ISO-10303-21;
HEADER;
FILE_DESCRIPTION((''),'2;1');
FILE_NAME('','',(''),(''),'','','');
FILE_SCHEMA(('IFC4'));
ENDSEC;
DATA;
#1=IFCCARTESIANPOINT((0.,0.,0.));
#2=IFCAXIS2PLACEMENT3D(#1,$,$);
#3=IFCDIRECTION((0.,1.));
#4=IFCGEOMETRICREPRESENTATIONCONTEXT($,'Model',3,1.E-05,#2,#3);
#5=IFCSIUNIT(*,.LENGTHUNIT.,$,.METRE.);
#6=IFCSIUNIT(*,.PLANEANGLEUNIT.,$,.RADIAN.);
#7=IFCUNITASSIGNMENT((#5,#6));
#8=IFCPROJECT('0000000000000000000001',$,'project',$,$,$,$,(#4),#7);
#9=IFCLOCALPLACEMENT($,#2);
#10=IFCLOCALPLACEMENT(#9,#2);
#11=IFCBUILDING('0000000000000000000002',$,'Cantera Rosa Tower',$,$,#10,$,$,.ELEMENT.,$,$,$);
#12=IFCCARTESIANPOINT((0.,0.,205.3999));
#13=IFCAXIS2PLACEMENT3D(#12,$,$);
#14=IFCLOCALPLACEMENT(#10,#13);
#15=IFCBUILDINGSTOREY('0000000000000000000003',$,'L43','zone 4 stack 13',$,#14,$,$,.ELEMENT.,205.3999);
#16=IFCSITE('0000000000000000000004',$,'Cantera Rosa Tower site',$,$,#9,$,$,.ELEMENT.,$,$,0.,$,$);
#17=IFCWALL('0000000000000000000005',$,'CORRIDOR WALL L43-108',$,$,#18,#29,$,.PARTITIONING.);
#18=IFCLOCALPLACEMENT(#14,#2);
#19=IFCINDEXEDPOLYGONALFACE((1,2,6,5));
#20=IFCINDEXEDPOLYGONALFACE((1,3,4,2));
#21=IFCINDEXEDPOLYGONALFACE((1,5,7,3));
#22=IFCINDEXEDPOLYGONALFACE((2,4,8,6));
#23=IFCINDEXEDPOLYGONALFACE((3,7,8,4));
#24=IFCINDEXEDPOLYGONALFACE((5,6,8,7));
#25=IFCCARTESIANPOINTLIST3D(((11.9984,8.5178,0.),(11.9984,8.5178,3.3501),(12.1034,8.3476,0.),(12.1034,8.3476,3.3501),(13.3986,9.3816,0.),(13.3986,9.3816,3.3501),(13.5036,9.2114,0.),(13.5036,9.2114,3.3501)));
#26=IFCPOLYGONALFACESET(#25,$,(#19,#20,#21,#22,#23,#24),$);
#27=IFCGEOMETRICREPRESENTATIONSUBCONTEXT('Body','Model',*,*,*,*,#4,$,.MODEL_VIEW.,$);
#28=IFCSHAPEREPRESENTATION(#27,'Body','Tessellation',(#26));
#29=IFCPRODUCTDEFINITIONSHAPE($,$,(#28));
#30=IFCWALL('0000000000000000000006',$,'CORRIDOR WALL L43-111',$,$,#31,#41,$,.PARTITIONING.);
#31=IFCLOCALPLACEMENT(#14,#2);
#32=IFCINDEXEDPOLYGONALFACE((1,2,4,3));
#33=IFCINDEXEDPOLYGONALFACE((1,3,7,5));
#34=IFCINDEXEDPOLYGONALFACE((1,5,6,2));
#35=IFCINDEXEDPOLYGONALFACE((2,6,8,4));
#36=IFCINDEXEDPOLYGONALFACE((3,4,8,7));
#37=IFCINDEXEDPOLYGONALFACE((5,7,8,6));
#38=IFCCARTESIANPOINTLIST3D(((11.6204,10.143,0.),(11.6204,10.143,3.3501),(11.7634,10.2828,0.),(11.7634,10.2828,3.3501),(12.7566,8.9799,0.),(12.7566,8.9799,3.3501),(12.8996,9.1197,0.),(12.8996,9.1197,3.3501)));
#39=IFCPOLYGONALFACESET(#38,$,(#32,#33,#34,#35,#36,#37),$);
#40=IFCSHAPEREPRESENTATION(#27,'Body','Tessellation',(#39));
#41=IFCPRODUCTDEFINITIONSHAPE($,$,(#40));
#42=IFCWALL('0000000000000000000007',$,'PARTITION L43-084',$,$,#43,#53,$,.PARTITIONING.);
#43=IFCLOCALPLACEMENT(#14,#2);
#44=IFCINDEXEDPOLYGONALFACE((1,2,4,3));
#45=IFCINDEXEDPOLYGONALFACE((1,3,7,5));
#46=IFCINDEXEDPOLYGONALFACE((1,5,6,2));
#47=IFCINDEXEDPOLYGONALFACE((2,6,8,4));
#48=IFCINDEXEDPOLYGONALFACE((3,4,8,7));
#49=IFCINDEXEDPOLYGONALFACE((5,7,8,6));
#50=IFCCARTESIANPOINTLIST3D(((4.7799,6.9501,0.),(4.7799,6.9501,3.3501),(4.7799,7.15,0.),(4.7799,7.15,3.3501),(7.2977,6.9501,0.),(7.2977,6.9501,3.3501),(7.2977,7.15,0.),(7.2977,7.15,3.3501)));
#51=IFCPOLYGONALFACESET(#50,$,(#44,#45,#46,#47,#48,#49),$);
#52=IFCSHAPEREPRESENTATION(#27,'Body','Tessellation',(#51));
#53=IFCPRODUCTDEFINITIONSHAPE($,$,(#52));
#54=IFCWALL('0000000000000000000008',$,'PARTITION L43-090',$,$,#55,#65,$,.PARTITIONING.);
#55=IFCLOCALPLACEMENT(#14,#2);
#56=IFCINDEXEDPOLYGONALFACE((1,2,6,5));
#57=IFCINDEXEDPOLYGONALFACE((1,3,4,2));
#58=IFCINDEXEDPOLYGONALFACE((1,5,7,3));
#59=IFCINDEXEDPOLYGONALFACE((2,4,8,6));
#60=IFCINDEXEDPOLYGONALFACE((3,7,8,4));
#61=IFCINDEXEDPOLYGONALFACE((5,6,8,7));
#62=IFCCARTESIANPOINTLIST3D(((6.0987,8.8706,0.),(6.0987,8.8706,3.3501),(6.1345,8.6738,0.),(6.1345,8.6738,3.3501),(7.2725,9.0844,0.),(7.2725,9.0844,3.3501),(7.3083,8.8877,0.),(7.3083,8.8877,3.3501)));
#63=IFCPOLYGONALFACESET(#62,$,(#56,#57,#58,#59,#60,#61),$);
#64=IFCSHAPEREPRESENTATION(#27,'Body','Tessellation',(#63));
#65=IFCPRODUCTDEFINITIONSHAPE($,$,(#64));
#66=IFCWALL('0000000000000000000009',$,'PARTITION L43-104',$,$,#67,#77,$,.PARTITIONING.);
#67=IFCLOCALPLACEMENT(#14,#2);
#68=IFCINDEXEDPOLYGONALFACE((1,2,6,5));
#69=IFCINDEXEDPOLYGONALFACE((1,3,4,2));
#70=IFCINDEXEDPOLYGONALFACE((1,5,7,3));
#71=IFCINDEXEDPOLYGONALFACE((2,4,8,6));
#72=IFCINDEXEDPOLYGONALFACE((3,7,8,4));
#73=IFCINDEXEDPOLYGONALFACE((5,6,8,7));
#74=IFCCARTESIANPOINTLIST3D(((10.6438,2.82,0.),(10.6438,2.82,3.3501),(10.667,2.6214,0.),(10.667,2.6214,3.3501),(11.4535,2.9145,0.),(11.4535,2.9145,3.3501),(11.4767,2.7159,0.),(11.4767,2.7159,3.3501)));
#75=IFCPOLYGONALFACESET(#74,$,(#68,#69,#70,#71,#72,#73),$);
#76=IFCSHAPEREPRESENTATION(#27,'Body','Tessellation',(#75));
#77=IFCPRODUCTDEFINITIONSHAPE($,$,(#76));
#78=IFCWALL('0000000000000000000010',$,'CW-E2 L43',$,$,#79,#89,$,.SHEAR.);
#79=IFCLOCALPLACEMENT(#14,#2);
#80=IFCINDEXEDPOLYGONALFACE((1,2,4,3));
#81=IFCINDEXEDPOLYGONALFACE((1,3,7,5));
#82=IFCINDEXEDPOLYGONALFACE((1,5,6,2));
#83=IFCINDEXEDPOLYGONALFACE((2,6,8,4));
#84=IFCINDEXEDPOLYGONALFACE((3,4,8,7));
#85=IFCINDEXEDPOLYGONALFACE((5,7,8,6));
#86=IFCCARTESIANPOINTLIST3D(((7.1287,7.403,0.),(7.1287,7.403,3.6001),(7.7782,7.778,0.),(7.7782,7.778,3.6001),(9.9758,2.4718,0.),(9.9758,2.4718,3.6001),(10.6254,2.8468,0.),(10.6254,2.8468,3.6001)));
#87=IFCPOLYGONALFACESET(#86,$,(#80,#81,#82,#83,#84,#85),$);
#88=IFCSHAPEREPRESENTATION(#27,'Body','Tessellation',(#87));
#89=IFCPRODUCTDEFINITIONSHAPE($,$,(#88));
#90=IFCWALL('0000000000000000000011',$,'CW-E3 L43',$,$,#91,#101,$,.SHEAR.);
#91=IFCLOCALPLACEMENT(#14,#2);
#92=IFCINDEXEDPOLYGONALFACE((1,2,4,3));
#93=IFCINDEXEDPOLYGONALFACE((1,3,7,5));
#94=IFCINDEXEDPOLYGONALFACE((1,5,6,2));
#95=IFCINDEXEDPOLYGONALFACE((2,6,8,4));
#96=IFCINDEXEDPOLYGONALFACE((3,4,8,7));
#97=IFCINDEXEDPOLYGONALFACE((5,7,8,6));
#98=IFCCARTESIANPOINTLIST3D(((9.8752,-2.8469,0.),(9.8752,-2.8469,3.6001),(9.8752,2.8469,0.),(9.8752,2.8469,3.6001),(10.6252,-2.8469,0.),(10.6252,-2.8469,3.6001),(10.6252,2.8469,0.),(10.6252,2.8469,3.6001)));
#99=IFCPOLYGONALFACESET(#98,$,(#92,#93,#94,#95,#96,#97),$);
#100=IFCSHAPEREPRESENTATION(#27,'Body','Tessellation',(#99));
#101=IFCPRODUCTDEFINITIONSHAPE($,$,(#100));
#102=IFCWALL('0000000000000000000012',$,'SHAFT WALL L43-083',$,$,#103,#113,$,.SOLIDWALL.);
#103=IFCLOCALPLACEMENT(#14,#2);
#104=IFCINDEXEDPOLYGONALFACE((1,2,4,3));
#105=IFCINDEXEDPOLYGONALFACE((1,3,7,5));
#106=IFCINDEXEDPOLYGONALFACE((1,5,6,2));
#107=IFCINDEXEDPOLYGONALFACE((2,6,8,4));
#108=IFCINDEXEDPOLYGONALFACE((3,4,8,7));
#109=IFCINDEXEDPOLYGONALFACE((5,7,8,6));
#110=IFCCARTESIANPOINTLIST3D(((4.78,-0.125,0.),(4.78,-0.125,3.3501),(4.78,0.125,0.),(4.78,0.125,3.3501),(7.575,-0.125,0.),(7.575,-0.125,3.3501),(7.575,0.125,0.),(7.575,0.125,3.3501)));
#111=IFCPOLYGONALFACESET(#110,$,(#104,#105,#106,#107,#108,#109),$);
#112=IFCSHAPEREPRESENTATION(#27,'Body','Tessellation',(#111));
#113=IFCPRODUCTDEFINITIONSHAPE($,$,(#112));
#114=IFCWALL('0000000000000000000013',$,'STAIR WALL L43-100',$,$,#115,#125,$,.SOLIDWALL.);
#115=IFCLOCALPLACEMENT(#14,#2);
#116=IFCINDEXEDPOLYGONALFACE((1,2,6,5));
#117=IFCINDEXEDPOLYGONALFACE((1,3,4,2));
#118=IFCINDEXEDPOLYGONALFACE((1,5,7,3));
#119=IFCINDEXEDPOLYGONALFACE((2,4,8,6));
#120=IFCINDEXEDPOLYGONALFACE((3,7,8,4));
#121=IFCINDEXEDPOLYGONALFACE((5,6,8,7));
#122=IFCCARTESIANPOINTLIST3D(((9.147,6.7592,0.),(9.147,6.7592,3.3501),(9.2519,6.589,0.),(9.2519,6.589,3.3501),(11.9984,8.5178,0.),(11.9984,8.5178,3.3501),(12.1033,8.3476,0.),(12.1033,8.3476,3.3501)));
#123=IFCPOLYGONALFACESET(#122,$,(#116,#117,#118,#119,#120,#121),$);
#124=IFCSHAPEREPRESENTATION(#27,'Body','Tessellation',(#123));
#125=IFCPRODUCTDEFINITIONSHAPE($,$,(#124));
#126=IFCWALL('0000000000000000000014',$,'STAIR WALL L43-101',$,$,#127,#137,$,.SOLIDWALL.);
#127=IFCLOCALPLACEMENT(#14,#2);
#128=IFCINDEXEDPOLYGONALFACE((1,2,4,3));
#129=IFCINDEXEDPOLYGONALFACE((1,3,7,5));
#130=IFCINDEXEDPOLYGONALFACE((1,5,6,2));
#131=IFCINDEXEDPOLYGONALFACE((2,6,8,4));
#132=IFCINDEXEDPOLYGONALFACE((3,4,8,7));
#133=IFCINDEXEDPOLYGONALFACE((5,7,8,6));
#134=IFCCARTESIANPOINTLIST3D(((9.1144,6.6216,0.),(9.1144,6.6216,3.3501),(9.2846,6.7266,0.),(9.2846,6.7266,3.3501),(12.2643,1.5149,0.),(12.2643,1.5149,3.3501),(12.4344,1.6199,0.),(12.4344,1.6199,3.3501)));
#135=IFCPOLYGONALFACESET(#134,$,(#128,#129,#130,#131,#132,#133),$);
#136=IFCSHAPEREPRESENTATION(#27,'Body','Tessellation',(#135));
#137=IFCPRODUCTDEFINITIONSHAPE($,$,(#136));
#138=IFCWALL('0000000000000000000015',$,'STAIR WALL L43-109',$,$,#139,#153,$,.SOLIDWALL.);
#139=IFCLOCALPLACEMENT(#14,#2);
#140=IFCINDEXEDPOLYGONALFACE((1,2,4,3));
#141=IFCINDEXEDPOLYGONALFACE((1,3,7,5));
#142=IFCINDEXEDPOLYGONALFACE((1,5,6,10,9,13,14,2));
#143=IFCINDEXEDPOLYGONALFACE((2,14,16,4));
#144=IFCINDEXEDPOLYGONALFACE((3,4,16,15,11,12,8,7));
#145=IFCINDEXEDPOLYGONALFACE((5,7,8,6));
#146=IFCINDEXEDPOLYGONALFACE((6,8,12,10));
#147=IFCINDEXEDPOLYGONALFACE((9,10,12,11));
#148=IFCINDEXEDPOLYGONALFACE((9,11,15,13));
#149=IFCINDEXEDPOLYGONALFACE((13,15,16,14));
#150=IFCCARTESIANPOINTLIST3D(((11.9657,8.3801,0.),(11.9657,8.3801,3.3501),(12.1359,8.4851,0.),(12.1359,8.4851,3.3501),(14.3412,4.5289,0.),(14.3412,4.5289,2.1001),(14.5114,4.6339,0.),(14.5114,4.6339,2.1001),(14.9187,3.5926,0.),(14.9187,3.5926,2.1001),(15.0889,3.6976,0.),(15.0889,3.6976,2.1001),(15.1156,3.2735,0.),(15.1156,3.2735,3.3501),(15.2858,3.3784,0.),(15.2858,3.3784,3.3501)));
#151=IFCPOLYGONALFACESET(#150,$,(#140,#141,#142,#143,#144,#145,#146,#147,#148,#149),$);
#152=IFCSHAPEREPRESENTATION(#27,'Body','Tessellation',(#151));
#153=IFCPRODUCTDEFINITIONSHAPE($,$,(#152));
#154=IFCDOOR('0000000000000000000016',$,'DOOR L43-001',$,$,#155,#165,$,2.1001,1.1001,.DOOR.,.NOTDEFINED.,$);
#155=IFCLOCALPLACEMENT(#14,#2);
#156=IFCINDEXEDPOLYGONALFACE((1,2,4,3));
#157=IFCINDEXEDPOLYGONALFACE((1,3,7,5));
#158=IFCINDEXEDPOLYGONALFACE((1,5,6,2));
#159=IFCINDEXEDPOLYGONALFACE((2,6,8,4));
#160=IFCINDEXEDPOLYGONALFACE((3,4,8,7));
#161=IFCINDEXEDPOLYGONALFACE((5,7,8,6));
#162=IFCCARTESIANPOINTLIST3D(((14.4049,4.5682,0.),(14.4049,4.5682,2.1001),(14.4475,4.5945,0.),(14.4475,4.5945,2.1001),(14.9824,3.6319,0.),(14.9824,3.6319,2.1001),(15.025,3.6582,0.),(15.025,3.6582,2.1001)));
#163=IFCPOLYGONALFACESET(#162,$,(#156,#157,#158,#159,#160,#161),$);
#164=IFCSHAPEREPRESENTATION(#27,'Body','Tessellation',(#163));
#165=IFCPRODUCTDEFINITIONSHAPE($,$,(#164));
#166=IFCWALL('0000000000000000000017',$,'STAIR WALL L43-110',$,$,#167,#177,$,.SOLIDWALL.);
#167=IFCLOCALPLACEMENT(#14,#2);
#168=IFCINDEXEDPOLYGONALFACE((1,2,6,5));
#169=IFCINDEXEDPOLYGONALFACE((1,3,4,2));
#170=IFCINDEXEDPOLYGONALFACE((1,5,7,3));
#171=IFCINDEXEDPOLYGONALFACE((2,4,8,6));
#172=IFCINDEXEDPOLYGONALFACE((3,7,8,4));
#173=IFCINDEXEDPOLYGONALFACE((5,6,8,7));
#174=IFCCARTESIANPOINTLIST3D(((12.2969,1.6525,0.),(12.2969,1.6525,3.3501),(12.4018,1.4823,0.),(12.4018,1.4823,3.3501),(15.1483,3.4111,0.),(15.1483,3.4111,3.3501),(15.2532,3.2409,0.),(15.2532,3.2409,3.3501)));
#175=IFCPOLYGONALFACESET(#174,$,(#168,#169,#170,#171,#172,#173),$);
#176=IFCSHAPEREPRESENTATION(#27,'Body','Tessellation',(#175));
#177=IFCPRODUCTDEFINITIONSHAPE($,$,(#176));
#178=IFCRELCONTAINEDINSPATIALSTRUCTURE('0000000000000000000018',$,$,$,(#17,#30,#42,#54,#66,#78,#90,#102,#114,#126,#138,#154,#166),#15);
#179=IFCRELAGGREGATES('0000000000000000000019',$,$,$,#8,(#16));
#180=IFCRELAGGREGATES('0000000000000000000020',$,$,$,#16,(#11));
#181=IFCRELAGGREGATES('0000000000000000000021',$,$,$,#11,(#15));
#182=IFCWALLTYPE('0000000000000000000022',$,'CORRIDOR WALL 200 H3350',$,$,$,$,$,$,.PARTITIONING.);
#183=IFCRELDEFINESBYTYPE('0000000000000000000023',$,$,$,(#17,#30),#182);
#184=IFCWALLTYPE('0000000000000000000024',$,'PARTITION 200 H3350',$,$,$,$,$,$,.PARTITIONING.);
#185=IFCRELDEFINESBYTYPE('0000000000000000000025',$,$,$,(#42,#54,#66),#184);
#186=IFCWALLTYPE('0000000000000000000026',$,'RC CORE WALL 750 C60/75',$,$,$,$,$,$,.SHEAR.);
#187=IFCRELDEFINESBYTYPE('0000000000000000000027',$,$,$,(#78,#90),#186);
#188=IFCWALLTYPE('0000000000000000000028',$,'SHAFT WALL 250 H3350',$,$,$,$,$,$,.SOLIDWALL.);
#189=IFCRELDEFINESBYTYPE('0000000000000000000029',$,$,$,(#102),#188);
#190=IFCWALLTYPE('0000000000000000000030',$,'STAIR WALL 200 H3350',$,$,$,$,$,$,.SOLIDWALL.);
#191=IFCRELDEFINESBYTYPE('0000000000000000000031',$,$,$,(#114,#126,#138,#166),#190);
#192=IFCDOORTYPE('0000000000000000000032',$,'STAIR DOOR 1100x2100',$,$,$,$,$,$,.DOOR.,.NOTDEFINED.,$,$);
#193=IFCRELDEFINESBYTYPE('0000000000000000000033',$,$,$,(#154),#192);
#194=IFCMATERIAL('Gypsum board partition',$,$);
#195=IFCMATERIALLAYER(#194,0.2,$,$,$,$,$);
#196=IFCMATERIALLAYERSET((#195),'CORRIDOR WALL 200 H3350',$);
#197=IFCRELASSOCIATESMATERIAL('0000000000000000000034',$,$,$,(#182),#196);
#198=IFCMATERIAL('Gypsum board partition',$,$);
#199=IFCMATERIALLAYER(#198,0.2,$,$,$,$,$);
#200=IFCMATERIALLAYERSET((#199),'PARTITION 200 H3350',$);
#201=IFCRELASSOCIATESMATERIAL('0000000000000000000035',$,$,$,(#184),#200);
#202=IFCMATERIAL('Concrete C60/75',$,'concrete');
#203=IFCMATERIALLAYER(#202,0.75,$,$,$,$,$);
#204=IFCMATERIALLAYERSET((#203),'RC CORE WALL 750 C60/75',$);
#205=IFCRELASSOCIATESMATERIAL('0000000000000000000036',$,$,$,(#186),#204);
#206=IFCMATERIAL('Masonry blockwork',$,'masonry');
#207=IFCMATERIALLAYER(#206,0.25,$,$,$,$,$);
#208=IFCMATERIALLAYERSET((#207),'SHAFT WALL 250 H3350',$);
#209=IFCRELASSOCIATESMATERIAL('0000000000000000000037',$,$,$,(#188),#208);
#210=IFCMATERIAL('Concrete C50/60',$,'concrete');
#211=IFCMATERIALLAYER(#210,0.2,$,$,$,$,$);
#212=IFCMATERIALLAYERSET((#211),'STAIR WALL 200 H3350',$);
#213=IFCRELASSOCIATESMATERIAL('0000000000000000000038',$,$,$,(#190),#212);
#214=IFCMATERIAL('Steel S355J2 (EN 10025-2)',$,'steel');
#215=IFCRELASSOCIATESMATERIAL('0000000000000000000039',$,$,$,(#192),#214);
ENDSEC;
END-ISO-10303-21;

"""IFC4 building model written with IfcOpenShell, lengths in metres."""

from ifc_helpers import new_model, si_unit, direction, frame, frame_2d, origin, place, context, subcontext, project, spatial, rectangle, extrude, material, layer, layer_set, type_object, element, fill, save


model = new_model("IFC4")

# Units and contexts
model_context = context("Model", 3, precision=1e-05, world=origin(), true_north=direction((0.0, 1.0)))
body_context = subcontext(model_context, "Body", "Model", "MODEL_VIEW")
ifc_project = project(units=[si_unit("LENGTHUNIT", "METRE"), si_unit("PLANEANGLEUNIT", "RADIAN")], contexts=[model_context])

# Site, building, storey
site_placement = place(None, origin())
site = spatial("IfcSite", under=ifc_project, at=site_placement, Name="Cantera Rosa Tower site", CompositionType="ELEMENT", RefElevation=0.0)
building_placement = place(site_placement, origin())
building = spatial("IfcBuilding", under=site, at=building_placement, Name="Cantera Rosa Tower", CompositionType="ELEMENT")
storey_placement = place(building_placement, frame((0.0, 0.0, 205.3999)))
storey = spatial("IfcBuildingStorey", under=building, at=storey_placement, Name="L43", Description="zone 4 stack 13", CompositionType="ELEMENT", Elevation=205.3999)

# Walls
ifc_material_1 = material(Name="Gypsum board partition")
ifc_layer_1 = layer(ifc_material_1, 0.2)
ifc_layer_set_1 = layer_set([ifc_layer_1], Name="CORRIDOR WALL 200 H3350")
wall_type_1 = type_object("IfcWallType", Name="CORRIDOR WALL 200 H3350", PredefinedType="PARTITIONING", material=ifc_layer_set_1)
wall_1_placement = place(storey_placement, frame((12.0508, 8.4326, 0.0), z_axis=(0.0, 0.0, 1.0), x_axis=(0.851077, 0.525041, 0.0)))
element("IfcWall", 1, at=wall_1_placement, inside=storey, type_object=wall_type_1, Name="CORRIDOR WALL L43-108", PredefinedType="PARTITIONING", context=body_context, shape_type="SweptSolid", body=[
    extrude(rectangle(XDim=1.6453, YDim=0.2, at=frame_2d((0.8228, 0.0))), origin(), (0.0, 0.0, 1.0), 3.3501),
])
wall_2_placement = place(storey_placement, frame((12.8281, 9.0498, 0.0), z_axis=(0.0, 0.0, 1.0), x_axis=(-0.6988, 0.715317, 0.0)))
element("IfcWall", 2, at=wall_2_placement, inside=storey, type_object=wall_type_1, Name="CORRIDOR WALL L43-111", PredefinedType="PARTITIONING", context=body_context, shape_type="SweptSolid", body=[
    extrude(rectangle(XDim=1.626, YDim=0.2, at=frame_2d((0.813, 0.0))), origin(), (0.0, 0.0, 1.0), 3.3501),
])
ifc_material_2 = material(Name="Gypsum board partition")
ifc_layer_2 = layer(ifc_material_2, 0.2)
ifc_layer_set_2 = layer_set([ifc_layer_2], Name="PARTITION 200 H3350")
wall_type_2 = type_object("IfcWallType", Name="PARTITION 200 H3350", PredefinedType="PARTITIONING", material=ifc_layer_set_2)
wall_3_placement = place(storey_placement, frame((4.78, 7.05, 0.0), z_axis=(0.0, 0.0, 1.0), x_axis=(1.0, 0.0, 0.0)))
element("IfcWall", 3, at=wall_3_placement, inside=storey, type_object=wall_type_2, Name="PARTITION L43-084", PredefinedType="PARTITIONING", context=body_context, shape_type="SweptSolid", body=[
    extrude(rectangle(XDim=2.5178, YDim=0.2, at=frame_2d((1.2588, 0.0))), origin(), (0.0, 0.0, 1.0), 3.3501),
])
wall_4_placement = place(storey_placement, frame((7.2905, 8.9861, 0.0), z_axis=(0.0, 0.0, 1.0), x_axis=(-0.983804, -0.179246, 0.0)))
element("IfcWall", 4, at=wall_4_placement, inside=storey, type_object=wall_type_2, Name="PARTITION L43-090", PredefinedType="PARTITIONING", context=body_context, shape_type="SweptSolid", body=[
    extrude(rectangle(XDim=1.1931, YDim=0.2, at=frame_2d((0.5967, 0.0))), origin(), (0.0, 0.0, 1.0), 3.3501),
])
wall_5_placement = place(storey_placement, frame((10.6553, 2.7207, 0.0), z_axis=(0.0, 0.0, 1.0), x_axis=(0.993259, 0.11592, 0.0)))
element("IfcWall", 5, at=wall_5_placement, inside=storey, type_object=wall_type_2, Name="PARTITION L43-104", PredefinedType="PARTITIONING", context=body_context, shape_type="SweptSolid", body=[
    extrude(rectangle(XDim=0.8152, YDim=0.2, at=frame_2d((0.4077, 0.0))), origin(), (0.0, 0.0, 1.0), 3.3501),
])
ifc_material_3 = material(Name="Concrete C60/75", Category="concrete")
ifc_layer_3 = layer(ifc_material_3, 0.75)
ifc_layer_set_3 = layer_set([ifc_layer_3], Name="RC CORE WALL 750 C60/75")
wall_type_3 = type_object("IfcWallType", Name="RC CORE WALL 750 C60/75", PredefinedType="SHEAR", material=ifc_layer_set_3)
wall_6_placement = place(storey_placement, frame((7.4534, 7.5906, 0.0), z_axis=(0.0, 0.0, 1.0), x_axis=(0.500022, -0.866013, 0.0)))
element("IfcWall", 6, at=wall_6_placement, inside=storey, type_object=wall_type_3, Name="CW-E2 L43", PredefinedType="SHEAR", context=body_context, shape_type="SweptSolid", body=[
    extrude(rectangle(XDim=5.6941, YDim=0.75, at=frame_2d((2.8472, 0.0))), origin(), (0.0, 0.0, 1.0), 3.6001),
])
wall_7_placement = place(storey_placement, frame((10.2502, 2.8469, 0.0), z_axis=(0.0, 0.0, 1.0), x_axis=(0.0, -1.0, 0.0)))
element("IfcWall", 7, at=wall_7_placement, inside=storey, type_object=wall_type_3, Name="CW-E3 L43", PredefinedType="SHEAR", context=body_context, shape_type="SweptSolid", body=[
    extrude(rectangle(XDim=5.6938, YDim=0.75, at=frame_2d((2.8469, 0.0))), origin(), (0.0, 0.0, 1.0), 3.6001),
])
ifc_material_4 = material(Name="Masonry blockwork", Category="masonry")
ifc_layer_4 = layer(ifc_material_4, 0.25)
ifc_layer_set_4 = layer_set([ifc_layer_4], Name="SHAFT WALL 250 H3350")
wall_type_4 = type_object("IfcWallType", Name="SHAFT WALL 250 H3350", PredefinedType="SOLIDWALL", material=ifc_layer_set_4)
wall_8_placement = place(storey_placement, frame((4.78, 0.0, 0.0), z_axis=(0.0, 0.0, 1.0), x_axis=(1.0, 0.0, 0.0)))
element("IfcWall", 8, at=wall_8_placement, inside=storey, type_object=wall_type_4, Name="SHAFT WALL L43-083", PredefinedType="SOLIDWALL", context=body_context, shape_type="SweptSolid", body=[
    extrude(rectangle(XDim=2.7949, YDim=0.25, at=frame_2d((1.3975, 0.0))), origin(), (0.0, 0.0, 1.0), 3.3501),
])
ifc_material_5 = material(Name="Concrete C50/60", Category="concrete")
ifc_layer_5 = layer(ifc_material_5, 0.2)
ifc_layer_set_5 = layer_set([ifc_layer_5], Name="STAIR WALL 200 H3350")
wall_type_5 = type_object("IfcWallType", Name="STAIR WALL 200 H3350", PredefinedType="SOLIDWALL", material=ifc_layer_set_5)
wall_9_placement = place(storey_placement, frame((9.1995, 6.6741, 0.0), z_axis=(0.0, 0.0, 1.0), x_axis=(0.85114, 0.524939, 0.0)))
element("IfcWall", 9, at=wall_9_placement, inside=storey, type_object=wall_type_5, Name="STAIR WALL L43-100", PredefinedType="SOLIDWALL", context=body_context, shape_type="SweptSolid", body=[
    extrude(rectangle(XDim=3.3501, YDim=0.2, at=frame_2d((1.675, 0.0))), origin(), (0.0, 0.0, 1.0), 3.3501),
])
wall_10_placement = place(storey_placement, frame((9.1995, 6.6741, 0.0), z_axis=(0.0, 0.0, 1.0), x_axis=(0.524983, -0.851113, 0.0)))
element("IfcWall", 10, at=wall_10_placement, inside=storey, type_object=wall_type_5, Name="STAIR WALL L43-101", PredefinedType="SOLIDWALL", context=body_context, shape_type="SweptSolid", body=[
    extrude(rectangle(XDim=6.0, YDim=0.2, at=frame_2d((3.0, 0.0))), origin(), (0.0, 0.0, 1.0), 3.3501),
])

# Wall, opening, door
wall_11_placement = place(storey_placement, frame((12.0508, 8.4326, 0.0), z_axis=(0.0, 0.0, 1.0), x_axis=(0.524983, -0.851113, 0.0)))
wall_11 = element("IfcWall", 11, at=wall_11_placement, inside=storey, type_object=wall_type_5, Name="STAIR WALL L43-109", PredefinedType="SOLIDWALL", context=body_context, shape_type="SweptSolid", body=[
    extrude(rectangle(XDim=6.0, YDim=0.2, at=frame_2d((3.0, 0.0))), origin(), (0.0, 0.0, 1.0), 3.3501),
])
opening_placement = place(wall_11_placement, frame((4.5249, 0.0, 0.0)))
opening = element("IfcOpeningElement", 12, at=opening_placement, cuts=wall_11, PredefinedType="OPENING", context=body_context, shape_type="SweptSolid", body=[
    extrude(rectangle(XDim=1.1001, YDim=2.1001, at=frame_2d((0.55, 1.05))), frame((0.0, 0.1099, 0.0), z_axis=(0.0, -1.0, 0.0), x_axis=(1.0, 0.0, 0.0)), (0.0, 0.0, 1.0), 0.22),
])
ifc_material_6 = material(Name="Steel S355J2 (EN 10025-2)", Category="steel")
door_type = type_object("IfcDoorType", Name="STAIR DOOR 1100x2100", OperationType="NOTDEFINED", PredefinedType="DOOR", material=ifc_material_6)
door_placement = place(opening_placement, origin())
door = element("IfcDoor", 13, at=door_placement, inside=storey, type_object=door_type, Name="DOOR L43-001", OperationType="NOTDEFINED", OverallHeight=2.1001, OverallWidth=1.1001, PredefinedType="DOOR", context=body_context, shape_type="SweptSolid", body=[
    extrude(rectangle(XDim=1.1001, YDim=2.1001, at=frame_2d((0.55, 1.05))), frame((0.0, 0.0249, 0.0), z_axis=(0.0, -1.0, 0.0), x_axis=(1.0, 0.0, 0.0)), (0.0, 0.0, 1.0), 0.05),
])
fill(opening, door)

# Wall
wall_12_placement = place(storey_placement, frame((12.3494, 1.5674, 0.0), z_axis=(0.0, 0.0, 1.0), x_axis=(0.85114, 0.524939, 0.0)))
element("IfcWall", 14, at=wall_12_placement, inside=storey, type_object=wall_type_5, Name="STAIR WALL L43-110", PredefinedType="SOLIDWALL", context=body_context, shape_type="SweptSolid", body=[
    extrude(rectangle(XDim=3.3501, YDim=0.2, at=frame_2d((1.675, 0.0))), origin(), (0.0, 0.0, 1.0), 3.3501),
])

save(model, "model.ifc")
